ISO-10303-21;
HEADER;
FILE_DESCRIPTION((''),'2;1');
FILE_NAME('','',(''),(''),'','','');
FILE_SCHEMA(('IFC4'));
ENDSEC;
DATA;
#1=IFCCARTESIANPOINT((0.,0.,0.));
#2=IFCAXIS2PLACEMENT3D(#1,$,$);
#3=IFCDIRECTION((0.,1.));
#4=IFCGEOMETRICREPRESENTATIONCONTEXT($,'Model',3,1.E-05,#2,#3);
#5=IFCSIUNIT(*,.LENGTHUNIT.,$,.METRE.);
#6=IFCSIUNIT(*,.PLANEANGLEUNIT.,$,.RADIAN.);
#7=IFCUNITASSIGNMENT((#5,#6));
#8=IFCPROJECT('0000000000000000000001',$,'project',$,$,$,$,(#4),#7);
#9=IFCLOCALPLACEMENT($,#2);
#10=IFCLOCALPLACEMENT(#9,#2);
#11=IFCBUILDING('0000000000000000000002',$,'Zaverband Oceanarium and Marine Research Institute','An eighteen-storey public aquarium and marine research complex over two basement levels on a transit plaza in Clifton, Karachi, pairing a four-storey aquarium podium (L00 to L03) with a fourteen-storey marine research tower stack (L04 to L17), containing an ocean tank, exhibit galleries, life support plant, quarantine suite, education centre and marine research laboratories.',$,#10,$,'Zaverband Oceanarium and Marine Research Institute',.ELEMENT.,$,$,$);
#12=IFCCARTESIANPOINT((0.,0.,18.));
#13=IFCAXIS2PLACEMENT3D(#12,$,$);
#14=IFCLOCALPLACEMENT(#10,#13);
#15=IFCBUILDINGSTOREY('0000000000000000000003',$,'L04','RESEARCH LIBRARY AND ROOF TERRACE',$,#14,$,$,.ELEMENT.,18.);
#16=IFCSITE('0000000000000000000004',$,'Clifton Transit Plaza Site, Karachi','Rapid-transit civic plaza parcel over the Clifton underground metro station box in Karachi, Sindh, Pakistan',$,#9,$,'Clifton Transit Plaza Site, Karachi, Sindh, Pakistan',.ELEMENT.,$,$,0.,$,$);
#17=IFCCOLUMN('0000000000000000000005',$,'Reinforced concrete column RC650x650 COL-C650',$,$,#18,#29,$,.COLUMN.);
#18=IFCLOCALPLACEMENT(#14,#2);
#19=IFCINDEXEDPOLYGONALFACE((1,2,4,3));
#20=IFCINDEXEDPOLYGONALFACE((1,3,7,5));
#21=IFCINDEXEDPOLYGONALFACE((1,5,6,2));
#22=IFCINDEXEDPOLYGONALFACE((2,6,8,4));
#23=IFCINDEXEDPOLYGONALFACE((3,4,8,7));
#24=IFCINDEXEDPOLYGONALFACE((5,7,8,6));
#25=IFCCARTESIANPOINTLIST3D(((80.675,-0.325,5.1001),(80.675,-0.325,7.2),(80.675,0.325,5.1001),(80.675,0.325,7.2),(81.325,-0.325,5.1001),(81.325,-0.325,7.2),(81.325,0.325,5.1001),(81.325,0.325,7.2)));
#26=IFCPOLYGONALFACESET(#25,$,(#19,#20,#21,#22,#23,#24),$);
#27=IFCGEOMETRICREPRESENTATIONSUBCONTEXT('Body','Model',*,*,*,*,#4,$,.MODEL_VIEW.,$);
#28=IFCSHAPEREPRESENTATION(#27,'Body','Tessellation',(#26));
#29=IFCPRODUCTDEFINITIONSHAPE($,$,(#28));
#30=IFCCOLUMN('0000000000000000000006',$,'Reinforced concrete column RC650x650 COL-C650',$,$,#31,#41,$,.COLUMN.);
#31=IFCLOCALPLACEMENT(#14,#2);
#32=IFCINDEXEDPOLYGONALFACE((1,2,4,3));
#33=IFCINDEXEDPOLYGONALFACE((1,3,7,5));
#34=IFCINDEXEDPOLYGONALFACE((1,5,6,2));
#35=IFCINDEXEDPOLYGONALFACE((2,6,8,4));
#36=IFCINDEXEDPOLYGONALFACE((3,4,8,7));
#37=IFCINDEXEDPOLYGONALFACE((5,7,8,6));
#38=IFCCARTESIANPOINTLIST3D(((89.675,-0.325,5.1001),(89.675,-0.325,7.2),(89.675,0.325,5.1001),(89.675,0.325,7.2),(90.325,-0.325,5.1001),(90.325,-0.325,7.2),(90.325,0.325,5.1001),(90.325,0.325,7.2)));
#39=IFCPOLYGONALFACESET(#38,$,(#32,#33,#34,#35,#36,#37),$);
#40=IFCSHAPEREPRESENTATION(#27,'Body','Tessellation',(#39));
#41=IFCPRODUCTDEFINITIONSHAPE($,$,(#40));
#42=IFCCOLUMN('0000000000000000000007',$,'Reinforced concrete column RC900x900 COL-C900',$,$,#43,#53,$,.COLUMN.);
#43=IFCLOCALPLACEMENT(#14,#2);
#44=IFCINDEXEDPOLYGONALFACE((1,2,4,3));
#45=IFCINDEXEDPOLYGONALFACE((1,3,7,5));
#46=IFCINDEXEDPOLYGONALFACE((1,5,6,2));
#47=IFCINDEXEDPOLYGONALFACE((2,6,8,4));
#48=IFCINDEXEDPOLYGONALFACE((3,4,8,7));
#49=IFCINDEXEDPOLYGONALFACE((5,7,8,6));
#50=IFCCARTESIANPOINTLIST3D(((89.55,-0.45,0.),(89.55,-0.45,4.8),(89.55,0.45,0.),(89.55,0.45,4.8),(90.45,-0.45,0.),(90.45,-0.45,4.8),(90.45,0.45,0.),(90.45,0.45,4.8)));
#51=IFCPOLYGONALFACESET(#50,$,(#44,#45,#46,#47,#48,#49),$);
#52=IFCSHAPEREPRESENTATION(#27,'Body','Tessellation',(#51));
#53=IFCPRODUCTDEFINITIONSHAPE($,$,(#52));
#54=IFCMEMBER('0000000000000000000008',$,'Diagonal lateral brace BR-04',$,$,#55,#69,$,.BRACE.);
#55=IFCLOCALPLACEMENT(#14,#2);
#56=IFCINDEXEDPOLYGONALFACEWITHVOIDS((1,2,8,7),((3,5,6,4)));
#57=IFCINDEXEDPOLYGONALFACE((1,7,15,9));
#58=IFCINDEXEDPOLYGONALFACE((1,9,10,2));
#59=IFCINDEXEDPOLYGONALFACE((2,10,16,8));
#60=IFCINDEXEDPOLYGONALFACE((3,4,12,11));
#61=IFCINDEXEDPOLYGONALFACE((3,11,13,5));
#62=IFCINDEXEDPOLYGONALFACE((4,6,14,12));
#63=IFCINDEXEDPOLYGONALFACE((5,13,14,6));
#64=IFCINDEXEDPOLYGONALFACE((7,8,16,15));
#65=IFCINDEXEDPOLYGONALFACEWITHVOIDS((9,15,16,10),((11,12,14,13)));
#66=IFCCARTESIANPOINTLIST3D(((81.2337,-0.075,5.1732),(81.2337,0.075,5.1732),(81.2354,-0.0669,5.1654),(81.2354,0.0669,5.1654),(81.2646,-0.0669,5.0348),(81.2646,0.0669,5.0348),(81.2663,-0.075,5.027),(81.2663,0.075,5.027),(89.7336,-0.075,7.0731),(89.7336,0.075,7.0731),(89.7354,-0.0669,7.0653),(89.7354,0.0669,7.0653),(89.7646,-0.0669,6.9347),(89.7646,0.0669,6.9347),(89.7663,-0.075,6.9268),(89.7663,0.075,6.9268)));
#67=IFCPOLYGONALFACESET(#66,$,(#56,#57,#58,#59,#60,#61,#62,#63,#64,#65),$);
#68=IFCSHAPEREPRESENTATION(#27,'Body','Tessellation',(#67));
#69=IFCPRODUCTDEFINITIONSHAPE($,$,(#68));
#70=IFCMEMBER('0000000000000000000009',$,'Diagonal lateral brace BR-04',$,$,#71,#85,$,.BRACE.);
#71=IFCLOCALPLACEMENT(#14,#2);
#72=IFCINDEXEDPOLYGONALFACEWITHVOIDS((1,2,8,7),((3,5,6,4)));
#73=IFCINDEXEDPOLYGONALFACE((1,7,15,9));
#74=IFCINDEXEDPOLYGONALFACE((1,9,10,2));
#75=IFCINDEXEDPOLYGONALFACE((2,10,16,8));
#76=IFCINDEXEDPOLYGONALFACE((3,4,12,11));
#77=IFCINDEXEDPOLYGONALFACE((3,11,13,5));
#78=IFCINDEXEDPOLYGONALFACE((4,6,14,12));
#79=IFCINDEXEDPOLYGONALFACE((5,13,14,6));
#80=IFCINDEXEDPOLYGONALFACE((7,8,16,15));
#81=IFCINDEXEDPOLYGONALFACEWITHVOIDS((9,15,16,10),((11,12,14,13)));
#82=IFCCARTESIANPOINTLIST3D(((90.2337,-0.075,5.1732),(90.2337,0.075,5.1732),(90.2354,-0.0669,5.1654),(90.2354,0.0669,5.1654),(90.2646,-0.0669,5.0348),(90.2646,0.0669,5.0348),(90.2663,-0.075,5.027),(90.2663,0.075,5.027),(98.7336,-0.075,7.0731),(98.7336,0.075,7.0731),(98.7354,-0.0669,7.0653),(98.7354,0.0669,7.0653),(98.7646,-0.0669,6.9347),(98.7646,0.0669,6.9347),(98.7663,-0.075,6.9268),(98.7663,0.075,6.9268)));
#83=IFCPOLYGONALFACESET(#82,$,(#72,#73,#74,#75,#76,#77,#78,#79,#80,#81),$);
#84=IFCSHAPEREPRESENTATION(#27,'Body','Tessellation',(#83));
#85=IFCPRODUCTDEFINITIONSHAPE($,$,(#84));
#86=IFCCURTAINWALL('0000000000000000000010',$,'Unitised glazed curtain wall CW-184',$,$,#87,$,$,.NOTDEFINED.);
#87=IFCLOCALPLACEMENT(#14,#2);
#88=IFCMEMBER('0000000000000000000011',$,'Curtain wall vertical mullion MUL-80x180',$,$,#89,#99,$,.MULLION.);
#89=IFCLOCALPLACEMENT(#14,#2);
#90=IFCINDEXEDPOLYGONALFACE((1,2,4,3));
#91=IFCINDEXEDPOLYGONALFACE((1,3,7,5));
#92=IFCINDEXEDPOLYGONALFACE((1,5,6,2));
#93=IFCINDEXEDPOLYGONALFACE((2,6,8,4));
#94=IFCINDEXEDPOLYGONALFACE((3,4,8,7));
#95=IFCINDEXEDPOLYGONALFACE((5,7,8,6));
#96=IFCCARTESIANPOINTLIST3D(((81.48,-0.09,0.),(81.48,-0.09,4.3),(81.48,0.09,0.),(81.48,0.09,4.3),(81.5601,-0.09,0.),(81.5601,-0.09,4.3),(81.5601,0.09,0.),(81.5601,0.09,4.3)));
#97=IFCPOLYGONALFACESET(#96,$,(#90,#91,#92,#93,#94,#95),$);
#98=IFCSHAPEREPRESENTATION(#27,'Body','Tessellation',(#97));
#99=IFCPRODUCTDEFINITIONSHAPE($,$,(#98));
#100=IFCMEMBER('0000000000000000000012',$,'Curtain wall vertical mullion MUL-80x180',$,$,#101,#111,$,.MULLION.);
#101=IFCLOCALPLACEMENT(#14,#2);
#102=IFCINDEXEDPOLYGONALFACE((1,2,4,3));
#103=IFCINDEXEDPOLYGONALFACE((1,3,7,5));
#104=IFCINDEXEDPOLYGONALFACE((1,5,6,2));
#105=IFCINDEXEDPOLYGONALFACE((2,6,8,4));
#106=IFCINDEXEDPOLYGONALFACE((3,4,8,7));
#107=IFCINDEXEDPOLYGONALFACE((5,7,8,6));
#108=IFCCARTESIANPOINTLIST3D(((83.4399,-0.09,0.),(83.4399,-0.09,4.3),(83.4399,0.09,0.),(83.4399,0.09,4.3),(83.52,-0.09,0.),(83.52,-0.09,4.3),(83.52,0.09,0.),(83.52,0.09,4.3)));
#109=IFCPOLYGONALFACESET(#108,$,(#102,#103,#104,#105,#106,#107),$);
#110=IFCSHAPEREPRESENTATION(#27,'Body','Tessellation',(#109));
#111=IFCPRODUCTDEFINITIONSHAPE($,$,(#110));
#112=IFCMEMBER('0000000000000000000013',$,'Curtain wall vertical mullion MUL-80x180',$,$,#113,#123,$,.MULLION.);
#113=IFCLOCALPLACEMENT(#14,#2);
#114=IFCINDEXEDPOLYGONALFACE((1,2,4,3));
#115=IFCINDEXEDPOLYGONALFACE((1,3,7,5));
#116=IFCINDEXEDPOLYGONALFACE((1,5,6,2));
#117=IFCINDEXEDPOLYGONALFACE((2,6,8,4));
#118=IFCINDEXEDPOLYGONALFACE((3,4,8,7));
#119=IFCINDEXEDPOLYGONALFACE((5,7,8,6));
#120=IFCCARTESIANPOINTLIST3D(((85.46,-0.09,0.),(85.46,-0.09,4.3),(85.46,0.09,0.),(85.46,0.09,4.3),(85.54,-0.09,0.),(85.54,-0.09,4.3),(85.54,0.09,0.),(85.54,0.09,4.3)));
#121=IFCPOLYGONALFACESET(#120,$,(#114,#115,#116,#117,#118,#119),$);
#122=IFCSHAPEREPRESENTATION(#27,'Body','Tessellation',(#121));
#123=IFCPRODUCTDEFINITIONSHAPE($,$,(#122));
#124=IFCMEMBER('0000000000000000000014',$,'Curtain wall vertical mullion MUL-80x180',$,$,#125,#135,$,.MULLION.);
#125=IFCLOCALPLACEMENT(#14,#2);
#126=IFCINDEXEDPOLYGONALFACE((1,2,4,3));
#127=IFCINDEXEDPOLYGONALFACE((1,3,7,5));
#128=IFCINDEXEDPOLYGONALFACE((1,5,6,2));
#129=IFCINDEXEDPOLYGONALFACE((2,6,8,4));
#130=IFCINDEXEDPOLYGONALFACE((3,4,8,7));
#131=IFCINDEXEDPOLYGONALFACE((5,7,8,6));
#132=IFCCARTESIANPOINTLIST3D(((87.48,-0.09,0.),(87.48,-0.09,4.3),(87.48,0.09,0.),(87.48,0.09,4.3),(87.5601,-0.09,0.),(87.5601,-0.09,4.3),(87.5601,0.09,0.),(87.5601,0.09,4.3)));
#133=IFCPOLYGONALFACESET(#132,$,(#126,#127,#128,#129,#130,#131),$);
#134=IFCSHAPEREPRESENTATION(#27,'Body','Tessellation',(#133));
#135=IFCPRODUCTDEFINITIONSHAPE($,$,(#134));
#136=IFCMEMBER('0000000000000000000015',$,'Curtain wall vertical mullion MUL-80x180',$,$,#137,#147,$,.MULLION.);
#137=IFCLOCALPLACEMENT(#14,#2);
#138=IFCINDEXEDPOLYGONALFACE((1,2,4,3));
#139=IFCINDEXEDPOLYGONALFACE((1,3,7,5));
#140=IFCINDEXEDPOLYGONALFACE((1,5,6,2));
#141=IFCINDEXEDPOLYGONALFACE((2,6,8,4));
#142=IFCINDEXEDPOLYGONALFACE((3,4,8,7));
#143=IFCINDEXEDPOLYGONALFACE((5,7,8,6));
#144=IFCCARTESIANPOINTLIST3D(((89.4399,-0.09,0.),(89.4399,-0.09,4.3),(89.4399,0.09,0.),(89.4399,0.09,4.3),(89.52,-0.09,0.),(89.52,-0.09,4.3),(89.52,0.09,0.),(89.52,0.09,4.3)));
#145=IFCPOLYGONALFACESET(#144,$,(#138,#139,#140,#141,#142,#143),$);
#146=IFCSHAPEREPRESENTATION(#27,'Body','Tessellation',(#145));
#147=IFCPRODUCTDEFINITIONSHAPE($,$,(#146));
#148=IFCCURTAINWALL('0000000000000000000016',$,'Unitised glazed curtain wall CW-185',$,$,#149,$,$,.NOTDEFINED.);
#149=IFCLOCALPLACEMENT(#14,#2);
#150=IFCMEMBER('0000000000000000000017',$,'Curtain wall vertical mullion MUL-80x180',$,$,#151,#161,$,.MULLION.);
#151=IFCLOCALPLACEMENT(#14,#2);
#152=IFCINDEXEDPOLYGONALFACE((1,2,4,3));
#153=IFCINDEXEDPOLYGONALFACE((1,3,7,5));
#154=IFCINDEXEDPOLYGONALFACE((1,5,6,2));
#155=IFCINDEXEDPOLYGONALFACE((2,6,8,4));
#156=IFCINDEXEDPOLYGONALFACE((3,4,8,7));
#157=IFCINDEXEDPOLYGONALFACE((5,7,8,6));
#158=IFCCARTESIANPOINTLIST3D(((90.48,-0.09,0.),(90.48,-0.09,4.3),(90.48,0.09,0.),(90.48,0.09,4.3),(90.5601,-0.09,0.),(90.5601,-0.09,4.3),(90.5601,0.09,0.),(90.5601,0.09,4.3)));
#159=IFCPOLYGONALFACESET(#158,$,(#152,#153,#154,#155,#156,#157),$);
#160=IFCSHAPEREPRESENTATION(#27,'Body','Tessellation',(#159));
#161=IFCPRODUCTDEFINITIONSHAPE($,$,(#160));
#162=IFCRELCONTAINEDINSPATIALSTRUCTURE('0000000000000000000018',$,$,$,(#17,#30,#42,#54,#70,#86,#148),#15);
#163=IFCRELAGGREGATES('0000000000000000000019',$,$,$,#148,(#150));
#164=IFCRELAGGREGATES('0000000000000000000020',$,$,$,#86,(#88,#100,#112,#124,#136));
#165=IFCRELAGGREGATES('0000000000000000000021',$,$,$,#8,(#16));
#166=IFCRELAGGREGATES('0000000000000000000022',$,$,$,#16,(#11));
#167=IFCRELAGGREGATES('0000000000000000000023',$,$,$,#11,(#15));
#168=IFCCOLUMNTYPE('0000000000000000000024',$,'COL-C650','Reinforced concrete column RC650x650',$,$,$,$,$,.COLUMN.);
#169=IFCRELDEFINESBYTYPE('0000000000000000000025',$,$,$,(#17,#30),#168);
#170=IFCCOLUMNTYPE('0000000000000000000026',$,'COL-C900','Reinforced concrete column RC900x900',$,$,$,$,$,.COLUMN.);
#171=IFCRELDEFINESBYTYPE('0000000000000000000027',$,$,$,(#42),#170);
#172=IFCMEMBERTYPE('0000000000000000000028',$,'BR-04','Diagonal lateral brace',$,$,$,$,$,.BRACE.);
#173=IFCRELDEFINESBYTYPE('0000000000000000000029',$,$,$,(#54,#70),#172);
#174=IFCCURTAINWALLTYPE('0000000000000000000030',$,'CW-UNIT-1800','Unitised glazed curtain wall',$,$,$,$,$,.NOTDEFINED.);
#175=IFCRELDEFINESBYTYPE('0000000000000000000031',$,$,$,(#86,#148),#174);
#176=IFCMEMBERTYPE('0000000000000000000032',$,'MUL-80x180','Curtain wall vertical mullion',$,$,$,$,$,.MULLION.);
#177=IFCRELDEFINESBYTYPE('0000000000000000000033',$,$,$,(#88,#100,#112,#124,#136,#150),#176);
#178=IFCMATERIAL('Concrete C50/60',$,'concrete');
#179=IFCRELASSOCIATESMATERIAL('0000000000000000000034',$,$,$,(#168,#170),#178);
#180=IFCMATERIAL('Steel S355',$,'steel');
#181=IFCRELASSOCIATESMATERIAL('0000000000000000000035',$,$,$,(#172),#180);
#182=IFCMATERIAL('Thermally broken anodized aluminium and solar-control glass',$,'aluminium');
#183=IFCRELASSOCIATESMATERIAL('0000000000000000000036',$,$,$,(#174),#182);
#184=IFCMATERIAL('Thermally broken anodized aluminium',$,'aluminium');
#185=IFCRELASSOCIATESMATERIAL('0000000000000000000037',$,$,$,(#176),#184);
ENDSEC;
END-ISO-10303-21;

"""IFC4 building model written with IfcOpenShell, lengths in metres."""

from ifc_helpers import new_model, si_unit, direction, frame, origin, origin_2d, place, context, subcontext, project, spatial, rectangle, hollow_rectangle, extrude, material, material_profile, profile_set, type_object, element, aggregate, save


model = new_model("IFC4")

# Units and contexts
model_context = context("Model", 3, precision=1e-05, world=origin(), true_north=direction((0.0, 1.0)))
body_context = subcontext(model_context, "Body", "Model", "MODEL_VIEW")
ifc_project = project(units=[si_unit("LENGTHUNIT", "METRE"), si_unit("PLANEANGLEUNIT", "RADIAN")], contexts=[model_context])

# Site, building, storey
site_placement = place(None, origin())
site = spatial("IfcSite", under=ifc_project, at=site_placement, Name="Clifton Transit Plaza Site, Karachi", Description="Rapid-transit civic plaza parcel over the Clifton underground metro station box in Karachi, Sindh, Pakistan", LongName="Clifton Transit Plaza Site, Karachi, Sindh, Pakistan", CompositionType="ELEMENT", RefElevation=0.0)
building_placement = place(site_placement, origin())
building = spatial("IfcBuilding", under=site, at=building_placement, Name="Zaverband Oceanarium and Marine Research Institute", Description="An eighteen-storey public aquarium and marine research complex over two basement levels on a transit plaza in Clifton, Karachi, pairing a four-storey aquarium podium (L00 to L03) with a fourteen-storey marine research tower stack (L04 to L17), containing an ocean tank, exhibit galleries, life support plant, quarantine suite, education centre and marine research laboratories.", LongName="Zaverband Oceanarium and Marine Research Institute", CompositionType="ELEMENT")
storey_placement = place(building_placement, frame((0.0, 0.0, 18.0)))
storey = spatial("IfcBuildingStorey", under=building, at=storey_placement, Name="L04", Description="RESEARCH LIBRARY AND ROOF TERRACE", CompositionType="ELEMENT", Elevation=18.0)

# Columns
ifc_material_1 = material(Name="Concrete C50/60", Category="concrete")
ifc_material_profile_1 = material_profile(ifc_material_1, rectangle(XDim=0.6499, YDim=0.6499, at=origin_2d()), Name="RC650x650")
ifc_profile_set_1 = profile_set([ifc_material_profile_1], Name="Concrete C50/60")
column_type_1 = type_object("IfcColumnType", Name="COL-C650", Description="Reinforced concrete column RC650x650", PredefinedType="COLUMN", material=ifc_profile_set_1)
for number, where, z_axis, x_axis, name in (
    (1, (81.0, 0.0, 5.1001), (0.0, 0.0, 1.0), (1.0, 0.0, 0.0), "Reinforced concrete column RC650x650 COL-C650"),
    (2, (90.0, 0.0, 5.1001), (0.0, 0.0, 1.0), (1.0, 0.0, 0.0), "Reinforced concrete column RC650x650 COL-C650"),
):
    element("IfcColumn", number, at=place(storey_placement, frame(where, z_axis=z_axis, x_axis=x_axis)), inside=storey, type_object=column_type_1, Name=name, PredefinedType="COLUMN", context=body_context, shape_type="SweptSolid", body=[
        extrude(rectangle(XDim=0.6499, YDim=0.6499, at=origin_2d()), origin(), (0.0, 0.0, 1.0), 2.0999),
    ])
ifc_material_profile_2 = material_profile(ifc_material_1, rectangle(XDim=0.8999, YDim=0.8999, at=origin_2d()), Name="RC900x900")
ifc_profile_set_2 = profile_set([ifc_material_profile_2], Name="Concrete C50/60")
column_type_2 = type_object("IfcColumnType", Name="COL-C900", Description="Reinforced concrete column RC900x900", PredefinedType="COLUMN", material=ifc_profile_set_2)
column_placement = place(storey_placement, frame((90.0, 0.0, 0.0), z_axis=(0.0, 0.0, 1.0), x_axis=(1.0, 0.0, 0.0)))
element("IfcColumn", 3, at=column_placement, inside=storey, type_object=column_type_2, Name="Reinforced concrete column RC900x900 COL-C900", PredefinedType="COLUMN", context=body_context, shape_type="SweptSolid", body=[
    extrude(rectangle(XDim=0.8999, YDim=0.8999, at=origin_2d()), origin(), (0.0, 0.0, 1.0), 4.8),
])

# Members
ifc_material_2 = material(Name="Steel S355", Category="steel")
ifc_material_profile_3 = material_profile(ifc_material_2, hollow_rectangle(XDim=0.1499, YDim=0.1499, WallThickness=0.0081, at=origin_2d()), Name="SHS150x150x8")
ifc_profile_set_3 = profile_set([ifc_material_profile_3], Name="Steel S355")
member_type_1 = type_object("IfcMemberType", Name="BR-04", Description="Diagonal lateral brace", PredefinedType="BRACE", material=ifc_profile_set_3)
for number, where, z_axis, x_axis, name in (
    (4, (81.25, 0.0, 5.1001), (0.975919, 0.0, 0.218135), (0.0, 1.0, 0.0), "Diagonal lateral brace BR-04"),
    (5, (90.25, 0.0, 5.1001), (0.975919, 0.0, 0.218135), (0.0, 1.0, 0.0), "Diagonal lateral brace BR-04"),
):
    element("IfcMember", number, at=place(storey_placement, frame(where, z_axis=z_axis, x_axis=x_axis)), inside=storey, type_object=member_type_1, Name=name, PredefinedType="BRACE", context=body_context, shape_type="SweptSolid", body=[
        extrude(hollow_rectangle(XDim=0.1499, YDim=0.1499, WallThickness=0.0081, at=origin_2d()), origin(), (0.0, 0.0, 1.0), 8.7097),
    ])

# Curtain wall, members
ifc_material_3 = material(Name="Thermally broken anodized aluminium and solar-control glass", Category="aluminium")
curtain_wall_type = type_object("IfcCurtainWallType", Name="CW-UNIT-1800", Description="Unitised glazed curtain wall", PredefinedType="NOTDEFINED", material=ifc_material_3)
curtain_wall_1_placement = place(storey_placement, origin())
curtain_wall_1 = element("IfcCurtainWall", 6, at=curtain_wall_1_placement, inside=storey, type_object=curtain_wall_type, Name="Unitised glazed curtain wall CW-184", PredefinedType="NOTDEFINED")
ifc_material_4 = material(Name="Thermally broken anodized aluminium", Category="aluminium")
ifc_material_profile_4 = material_profile(ifc_material_4, rectangle(XDim=0.0801, YDim=0.1799, at=origin_2d()), Name="AL-MUL-80x180")
ifc_profile_set_4 = profile_set([ifc_material_profile_4], Name="Thermally broken anodized aluminium")
member_type_2 = type_object("IfcMemberType", Name="MUL-80x180", Description="Curtain wall vertical mullion", PredefinedType="MULLION", material=ifc_profile_set_4)
member_1_placement = place(storey_placement, frame((81.52, 0.0, 0.0), z_axis=(0.0, 0.0, 1.0), x_axis=(1.0, 0.0, 0.0)))
member_1 = element("IfcMember", 7, at=member_1_placement, type_object=member_type_2, Name="Curtain wall vertical mullion MUL-80x180", PredefinedType="MULLION", context=body_context, shape_type="SweptSolid", body=[
    extrude(rectangle(XDim=0.0801, YDim=0.1799, at=origin_2d()), origin(), (0.0, 0.0, 1.0), 4.3),
])
member_2_placement = place(storey_placement, frame((83.48, 0.0, 0.0), z_axis=(0.0, 0.0, 1.0), x_axis=(1.0, 0.0, 0.0)))
member_2 = element("IfcMember", 8, at=member_2_placement, type_object=member_type_2, Name="Curtain wall vertical mullion MUL-80x180", PredefinedType="MULLION", context=body_context, shape_type="SweptSolid", body=[
    extrude(rectangle(XDim=0.0801, YDim=0.1799, at=origin_2d()), origin(), (0.0, 0.0, 1.0), 4.3),
])
member_3_placement = place(storey_placement, frame((85.5, 0.0, 0.0), z_axis=(0.0, 0.0, 1.0), x_axis=(1.0, 0.0, 0.0)))
member_3 = element("IfcMember", 9, at=member_3_placement, type_object=member_type_2, Name="Curtain wall vertical mullion MUL-80x180", PredefinedType="MULLION", context=body_context, shape_type="SweptSolid", body=[
    extrude(rectangle(XDim=0.0801, YDim=0.1799, at=origin_2d()), origin(), (0.0, 0.0, 1.0), 4.3),
])
member_4_placement = place(storey_placement, frame((87.52, 0.0, 0.0), z_axis=(0.0, 0.0, 1.0), x_axis=(1.0, 0.0, 0.0)))
member_4 = element("IfcMember", 10, at=member_4_placement, type_object=member_type_2, Name="Curtain wall vertical mullion MUL-80x180", PredefinedType="MULLION", context=body_context, shape_type="SweptSolid", body=[
    extrude(rectangle(XDim=0.0801, YDim=0.1799, at=origin_2d()), origin(), (0.0, 0.0, 1.0), 4.3),
])
member_5_placement = place(storey_placement, frame((89.48, 0.0, 0.0), z_axis=(0.0, 0.0, 1.0), x_axis=(1.0, 0.0, 0.0)))
member_5 = element("IfcMember", 11, at=member_5_placement, type_object=member_type_2, Name="Curtain wall vertical mullion MUL-80x180", PredefinedType="MULLION", context=body_context, shape_type="SweptSolid", body=[
    extrude(rectangle(XDim=0.0801, YDim=0.1799, at=origin_2d()), origin(), (0.0, 0.0, 1.0), 4.3),
])

# Curtain wall, member
curtain_wall_2_placement = place(storey_placement, origin())
curtain_wall_2 = element("IfcCurtainWall", 12, at=curtain_wall_2_placement, inside=storey, type_object=curtain_wall_type, Name="Unitised glazed curtain wall CW-185", PredefinedType="NOTDEFINED")
member_6_placement = place(storey_placement, frame((90.52, 0.0, 0.0), z_axis=(0.0, 0.0, 1.0), x_axis=(1.0, 0.0, 0.0)))
member_6 = element("IfcMember", 13, at=member_6_placement, type_object=member_type_2, Name="Curtain wall vertical mullion MUL-80x180", PredefinedType="MULLION", context=body_context, shape_type="SweptSolid", body=[
    extrude(rectangle(XDim=0.0801, YDim=0.1799, at=origin_2d()), origin(), (0.0, 0.0, 1.0), 4.3),
])
aggregate(curtain_wall_2, [member_6])

aggregate(curtain_wall_1, [member_1, member_2, member_3, member_4, member_5])

save(model, "model.ifc")
